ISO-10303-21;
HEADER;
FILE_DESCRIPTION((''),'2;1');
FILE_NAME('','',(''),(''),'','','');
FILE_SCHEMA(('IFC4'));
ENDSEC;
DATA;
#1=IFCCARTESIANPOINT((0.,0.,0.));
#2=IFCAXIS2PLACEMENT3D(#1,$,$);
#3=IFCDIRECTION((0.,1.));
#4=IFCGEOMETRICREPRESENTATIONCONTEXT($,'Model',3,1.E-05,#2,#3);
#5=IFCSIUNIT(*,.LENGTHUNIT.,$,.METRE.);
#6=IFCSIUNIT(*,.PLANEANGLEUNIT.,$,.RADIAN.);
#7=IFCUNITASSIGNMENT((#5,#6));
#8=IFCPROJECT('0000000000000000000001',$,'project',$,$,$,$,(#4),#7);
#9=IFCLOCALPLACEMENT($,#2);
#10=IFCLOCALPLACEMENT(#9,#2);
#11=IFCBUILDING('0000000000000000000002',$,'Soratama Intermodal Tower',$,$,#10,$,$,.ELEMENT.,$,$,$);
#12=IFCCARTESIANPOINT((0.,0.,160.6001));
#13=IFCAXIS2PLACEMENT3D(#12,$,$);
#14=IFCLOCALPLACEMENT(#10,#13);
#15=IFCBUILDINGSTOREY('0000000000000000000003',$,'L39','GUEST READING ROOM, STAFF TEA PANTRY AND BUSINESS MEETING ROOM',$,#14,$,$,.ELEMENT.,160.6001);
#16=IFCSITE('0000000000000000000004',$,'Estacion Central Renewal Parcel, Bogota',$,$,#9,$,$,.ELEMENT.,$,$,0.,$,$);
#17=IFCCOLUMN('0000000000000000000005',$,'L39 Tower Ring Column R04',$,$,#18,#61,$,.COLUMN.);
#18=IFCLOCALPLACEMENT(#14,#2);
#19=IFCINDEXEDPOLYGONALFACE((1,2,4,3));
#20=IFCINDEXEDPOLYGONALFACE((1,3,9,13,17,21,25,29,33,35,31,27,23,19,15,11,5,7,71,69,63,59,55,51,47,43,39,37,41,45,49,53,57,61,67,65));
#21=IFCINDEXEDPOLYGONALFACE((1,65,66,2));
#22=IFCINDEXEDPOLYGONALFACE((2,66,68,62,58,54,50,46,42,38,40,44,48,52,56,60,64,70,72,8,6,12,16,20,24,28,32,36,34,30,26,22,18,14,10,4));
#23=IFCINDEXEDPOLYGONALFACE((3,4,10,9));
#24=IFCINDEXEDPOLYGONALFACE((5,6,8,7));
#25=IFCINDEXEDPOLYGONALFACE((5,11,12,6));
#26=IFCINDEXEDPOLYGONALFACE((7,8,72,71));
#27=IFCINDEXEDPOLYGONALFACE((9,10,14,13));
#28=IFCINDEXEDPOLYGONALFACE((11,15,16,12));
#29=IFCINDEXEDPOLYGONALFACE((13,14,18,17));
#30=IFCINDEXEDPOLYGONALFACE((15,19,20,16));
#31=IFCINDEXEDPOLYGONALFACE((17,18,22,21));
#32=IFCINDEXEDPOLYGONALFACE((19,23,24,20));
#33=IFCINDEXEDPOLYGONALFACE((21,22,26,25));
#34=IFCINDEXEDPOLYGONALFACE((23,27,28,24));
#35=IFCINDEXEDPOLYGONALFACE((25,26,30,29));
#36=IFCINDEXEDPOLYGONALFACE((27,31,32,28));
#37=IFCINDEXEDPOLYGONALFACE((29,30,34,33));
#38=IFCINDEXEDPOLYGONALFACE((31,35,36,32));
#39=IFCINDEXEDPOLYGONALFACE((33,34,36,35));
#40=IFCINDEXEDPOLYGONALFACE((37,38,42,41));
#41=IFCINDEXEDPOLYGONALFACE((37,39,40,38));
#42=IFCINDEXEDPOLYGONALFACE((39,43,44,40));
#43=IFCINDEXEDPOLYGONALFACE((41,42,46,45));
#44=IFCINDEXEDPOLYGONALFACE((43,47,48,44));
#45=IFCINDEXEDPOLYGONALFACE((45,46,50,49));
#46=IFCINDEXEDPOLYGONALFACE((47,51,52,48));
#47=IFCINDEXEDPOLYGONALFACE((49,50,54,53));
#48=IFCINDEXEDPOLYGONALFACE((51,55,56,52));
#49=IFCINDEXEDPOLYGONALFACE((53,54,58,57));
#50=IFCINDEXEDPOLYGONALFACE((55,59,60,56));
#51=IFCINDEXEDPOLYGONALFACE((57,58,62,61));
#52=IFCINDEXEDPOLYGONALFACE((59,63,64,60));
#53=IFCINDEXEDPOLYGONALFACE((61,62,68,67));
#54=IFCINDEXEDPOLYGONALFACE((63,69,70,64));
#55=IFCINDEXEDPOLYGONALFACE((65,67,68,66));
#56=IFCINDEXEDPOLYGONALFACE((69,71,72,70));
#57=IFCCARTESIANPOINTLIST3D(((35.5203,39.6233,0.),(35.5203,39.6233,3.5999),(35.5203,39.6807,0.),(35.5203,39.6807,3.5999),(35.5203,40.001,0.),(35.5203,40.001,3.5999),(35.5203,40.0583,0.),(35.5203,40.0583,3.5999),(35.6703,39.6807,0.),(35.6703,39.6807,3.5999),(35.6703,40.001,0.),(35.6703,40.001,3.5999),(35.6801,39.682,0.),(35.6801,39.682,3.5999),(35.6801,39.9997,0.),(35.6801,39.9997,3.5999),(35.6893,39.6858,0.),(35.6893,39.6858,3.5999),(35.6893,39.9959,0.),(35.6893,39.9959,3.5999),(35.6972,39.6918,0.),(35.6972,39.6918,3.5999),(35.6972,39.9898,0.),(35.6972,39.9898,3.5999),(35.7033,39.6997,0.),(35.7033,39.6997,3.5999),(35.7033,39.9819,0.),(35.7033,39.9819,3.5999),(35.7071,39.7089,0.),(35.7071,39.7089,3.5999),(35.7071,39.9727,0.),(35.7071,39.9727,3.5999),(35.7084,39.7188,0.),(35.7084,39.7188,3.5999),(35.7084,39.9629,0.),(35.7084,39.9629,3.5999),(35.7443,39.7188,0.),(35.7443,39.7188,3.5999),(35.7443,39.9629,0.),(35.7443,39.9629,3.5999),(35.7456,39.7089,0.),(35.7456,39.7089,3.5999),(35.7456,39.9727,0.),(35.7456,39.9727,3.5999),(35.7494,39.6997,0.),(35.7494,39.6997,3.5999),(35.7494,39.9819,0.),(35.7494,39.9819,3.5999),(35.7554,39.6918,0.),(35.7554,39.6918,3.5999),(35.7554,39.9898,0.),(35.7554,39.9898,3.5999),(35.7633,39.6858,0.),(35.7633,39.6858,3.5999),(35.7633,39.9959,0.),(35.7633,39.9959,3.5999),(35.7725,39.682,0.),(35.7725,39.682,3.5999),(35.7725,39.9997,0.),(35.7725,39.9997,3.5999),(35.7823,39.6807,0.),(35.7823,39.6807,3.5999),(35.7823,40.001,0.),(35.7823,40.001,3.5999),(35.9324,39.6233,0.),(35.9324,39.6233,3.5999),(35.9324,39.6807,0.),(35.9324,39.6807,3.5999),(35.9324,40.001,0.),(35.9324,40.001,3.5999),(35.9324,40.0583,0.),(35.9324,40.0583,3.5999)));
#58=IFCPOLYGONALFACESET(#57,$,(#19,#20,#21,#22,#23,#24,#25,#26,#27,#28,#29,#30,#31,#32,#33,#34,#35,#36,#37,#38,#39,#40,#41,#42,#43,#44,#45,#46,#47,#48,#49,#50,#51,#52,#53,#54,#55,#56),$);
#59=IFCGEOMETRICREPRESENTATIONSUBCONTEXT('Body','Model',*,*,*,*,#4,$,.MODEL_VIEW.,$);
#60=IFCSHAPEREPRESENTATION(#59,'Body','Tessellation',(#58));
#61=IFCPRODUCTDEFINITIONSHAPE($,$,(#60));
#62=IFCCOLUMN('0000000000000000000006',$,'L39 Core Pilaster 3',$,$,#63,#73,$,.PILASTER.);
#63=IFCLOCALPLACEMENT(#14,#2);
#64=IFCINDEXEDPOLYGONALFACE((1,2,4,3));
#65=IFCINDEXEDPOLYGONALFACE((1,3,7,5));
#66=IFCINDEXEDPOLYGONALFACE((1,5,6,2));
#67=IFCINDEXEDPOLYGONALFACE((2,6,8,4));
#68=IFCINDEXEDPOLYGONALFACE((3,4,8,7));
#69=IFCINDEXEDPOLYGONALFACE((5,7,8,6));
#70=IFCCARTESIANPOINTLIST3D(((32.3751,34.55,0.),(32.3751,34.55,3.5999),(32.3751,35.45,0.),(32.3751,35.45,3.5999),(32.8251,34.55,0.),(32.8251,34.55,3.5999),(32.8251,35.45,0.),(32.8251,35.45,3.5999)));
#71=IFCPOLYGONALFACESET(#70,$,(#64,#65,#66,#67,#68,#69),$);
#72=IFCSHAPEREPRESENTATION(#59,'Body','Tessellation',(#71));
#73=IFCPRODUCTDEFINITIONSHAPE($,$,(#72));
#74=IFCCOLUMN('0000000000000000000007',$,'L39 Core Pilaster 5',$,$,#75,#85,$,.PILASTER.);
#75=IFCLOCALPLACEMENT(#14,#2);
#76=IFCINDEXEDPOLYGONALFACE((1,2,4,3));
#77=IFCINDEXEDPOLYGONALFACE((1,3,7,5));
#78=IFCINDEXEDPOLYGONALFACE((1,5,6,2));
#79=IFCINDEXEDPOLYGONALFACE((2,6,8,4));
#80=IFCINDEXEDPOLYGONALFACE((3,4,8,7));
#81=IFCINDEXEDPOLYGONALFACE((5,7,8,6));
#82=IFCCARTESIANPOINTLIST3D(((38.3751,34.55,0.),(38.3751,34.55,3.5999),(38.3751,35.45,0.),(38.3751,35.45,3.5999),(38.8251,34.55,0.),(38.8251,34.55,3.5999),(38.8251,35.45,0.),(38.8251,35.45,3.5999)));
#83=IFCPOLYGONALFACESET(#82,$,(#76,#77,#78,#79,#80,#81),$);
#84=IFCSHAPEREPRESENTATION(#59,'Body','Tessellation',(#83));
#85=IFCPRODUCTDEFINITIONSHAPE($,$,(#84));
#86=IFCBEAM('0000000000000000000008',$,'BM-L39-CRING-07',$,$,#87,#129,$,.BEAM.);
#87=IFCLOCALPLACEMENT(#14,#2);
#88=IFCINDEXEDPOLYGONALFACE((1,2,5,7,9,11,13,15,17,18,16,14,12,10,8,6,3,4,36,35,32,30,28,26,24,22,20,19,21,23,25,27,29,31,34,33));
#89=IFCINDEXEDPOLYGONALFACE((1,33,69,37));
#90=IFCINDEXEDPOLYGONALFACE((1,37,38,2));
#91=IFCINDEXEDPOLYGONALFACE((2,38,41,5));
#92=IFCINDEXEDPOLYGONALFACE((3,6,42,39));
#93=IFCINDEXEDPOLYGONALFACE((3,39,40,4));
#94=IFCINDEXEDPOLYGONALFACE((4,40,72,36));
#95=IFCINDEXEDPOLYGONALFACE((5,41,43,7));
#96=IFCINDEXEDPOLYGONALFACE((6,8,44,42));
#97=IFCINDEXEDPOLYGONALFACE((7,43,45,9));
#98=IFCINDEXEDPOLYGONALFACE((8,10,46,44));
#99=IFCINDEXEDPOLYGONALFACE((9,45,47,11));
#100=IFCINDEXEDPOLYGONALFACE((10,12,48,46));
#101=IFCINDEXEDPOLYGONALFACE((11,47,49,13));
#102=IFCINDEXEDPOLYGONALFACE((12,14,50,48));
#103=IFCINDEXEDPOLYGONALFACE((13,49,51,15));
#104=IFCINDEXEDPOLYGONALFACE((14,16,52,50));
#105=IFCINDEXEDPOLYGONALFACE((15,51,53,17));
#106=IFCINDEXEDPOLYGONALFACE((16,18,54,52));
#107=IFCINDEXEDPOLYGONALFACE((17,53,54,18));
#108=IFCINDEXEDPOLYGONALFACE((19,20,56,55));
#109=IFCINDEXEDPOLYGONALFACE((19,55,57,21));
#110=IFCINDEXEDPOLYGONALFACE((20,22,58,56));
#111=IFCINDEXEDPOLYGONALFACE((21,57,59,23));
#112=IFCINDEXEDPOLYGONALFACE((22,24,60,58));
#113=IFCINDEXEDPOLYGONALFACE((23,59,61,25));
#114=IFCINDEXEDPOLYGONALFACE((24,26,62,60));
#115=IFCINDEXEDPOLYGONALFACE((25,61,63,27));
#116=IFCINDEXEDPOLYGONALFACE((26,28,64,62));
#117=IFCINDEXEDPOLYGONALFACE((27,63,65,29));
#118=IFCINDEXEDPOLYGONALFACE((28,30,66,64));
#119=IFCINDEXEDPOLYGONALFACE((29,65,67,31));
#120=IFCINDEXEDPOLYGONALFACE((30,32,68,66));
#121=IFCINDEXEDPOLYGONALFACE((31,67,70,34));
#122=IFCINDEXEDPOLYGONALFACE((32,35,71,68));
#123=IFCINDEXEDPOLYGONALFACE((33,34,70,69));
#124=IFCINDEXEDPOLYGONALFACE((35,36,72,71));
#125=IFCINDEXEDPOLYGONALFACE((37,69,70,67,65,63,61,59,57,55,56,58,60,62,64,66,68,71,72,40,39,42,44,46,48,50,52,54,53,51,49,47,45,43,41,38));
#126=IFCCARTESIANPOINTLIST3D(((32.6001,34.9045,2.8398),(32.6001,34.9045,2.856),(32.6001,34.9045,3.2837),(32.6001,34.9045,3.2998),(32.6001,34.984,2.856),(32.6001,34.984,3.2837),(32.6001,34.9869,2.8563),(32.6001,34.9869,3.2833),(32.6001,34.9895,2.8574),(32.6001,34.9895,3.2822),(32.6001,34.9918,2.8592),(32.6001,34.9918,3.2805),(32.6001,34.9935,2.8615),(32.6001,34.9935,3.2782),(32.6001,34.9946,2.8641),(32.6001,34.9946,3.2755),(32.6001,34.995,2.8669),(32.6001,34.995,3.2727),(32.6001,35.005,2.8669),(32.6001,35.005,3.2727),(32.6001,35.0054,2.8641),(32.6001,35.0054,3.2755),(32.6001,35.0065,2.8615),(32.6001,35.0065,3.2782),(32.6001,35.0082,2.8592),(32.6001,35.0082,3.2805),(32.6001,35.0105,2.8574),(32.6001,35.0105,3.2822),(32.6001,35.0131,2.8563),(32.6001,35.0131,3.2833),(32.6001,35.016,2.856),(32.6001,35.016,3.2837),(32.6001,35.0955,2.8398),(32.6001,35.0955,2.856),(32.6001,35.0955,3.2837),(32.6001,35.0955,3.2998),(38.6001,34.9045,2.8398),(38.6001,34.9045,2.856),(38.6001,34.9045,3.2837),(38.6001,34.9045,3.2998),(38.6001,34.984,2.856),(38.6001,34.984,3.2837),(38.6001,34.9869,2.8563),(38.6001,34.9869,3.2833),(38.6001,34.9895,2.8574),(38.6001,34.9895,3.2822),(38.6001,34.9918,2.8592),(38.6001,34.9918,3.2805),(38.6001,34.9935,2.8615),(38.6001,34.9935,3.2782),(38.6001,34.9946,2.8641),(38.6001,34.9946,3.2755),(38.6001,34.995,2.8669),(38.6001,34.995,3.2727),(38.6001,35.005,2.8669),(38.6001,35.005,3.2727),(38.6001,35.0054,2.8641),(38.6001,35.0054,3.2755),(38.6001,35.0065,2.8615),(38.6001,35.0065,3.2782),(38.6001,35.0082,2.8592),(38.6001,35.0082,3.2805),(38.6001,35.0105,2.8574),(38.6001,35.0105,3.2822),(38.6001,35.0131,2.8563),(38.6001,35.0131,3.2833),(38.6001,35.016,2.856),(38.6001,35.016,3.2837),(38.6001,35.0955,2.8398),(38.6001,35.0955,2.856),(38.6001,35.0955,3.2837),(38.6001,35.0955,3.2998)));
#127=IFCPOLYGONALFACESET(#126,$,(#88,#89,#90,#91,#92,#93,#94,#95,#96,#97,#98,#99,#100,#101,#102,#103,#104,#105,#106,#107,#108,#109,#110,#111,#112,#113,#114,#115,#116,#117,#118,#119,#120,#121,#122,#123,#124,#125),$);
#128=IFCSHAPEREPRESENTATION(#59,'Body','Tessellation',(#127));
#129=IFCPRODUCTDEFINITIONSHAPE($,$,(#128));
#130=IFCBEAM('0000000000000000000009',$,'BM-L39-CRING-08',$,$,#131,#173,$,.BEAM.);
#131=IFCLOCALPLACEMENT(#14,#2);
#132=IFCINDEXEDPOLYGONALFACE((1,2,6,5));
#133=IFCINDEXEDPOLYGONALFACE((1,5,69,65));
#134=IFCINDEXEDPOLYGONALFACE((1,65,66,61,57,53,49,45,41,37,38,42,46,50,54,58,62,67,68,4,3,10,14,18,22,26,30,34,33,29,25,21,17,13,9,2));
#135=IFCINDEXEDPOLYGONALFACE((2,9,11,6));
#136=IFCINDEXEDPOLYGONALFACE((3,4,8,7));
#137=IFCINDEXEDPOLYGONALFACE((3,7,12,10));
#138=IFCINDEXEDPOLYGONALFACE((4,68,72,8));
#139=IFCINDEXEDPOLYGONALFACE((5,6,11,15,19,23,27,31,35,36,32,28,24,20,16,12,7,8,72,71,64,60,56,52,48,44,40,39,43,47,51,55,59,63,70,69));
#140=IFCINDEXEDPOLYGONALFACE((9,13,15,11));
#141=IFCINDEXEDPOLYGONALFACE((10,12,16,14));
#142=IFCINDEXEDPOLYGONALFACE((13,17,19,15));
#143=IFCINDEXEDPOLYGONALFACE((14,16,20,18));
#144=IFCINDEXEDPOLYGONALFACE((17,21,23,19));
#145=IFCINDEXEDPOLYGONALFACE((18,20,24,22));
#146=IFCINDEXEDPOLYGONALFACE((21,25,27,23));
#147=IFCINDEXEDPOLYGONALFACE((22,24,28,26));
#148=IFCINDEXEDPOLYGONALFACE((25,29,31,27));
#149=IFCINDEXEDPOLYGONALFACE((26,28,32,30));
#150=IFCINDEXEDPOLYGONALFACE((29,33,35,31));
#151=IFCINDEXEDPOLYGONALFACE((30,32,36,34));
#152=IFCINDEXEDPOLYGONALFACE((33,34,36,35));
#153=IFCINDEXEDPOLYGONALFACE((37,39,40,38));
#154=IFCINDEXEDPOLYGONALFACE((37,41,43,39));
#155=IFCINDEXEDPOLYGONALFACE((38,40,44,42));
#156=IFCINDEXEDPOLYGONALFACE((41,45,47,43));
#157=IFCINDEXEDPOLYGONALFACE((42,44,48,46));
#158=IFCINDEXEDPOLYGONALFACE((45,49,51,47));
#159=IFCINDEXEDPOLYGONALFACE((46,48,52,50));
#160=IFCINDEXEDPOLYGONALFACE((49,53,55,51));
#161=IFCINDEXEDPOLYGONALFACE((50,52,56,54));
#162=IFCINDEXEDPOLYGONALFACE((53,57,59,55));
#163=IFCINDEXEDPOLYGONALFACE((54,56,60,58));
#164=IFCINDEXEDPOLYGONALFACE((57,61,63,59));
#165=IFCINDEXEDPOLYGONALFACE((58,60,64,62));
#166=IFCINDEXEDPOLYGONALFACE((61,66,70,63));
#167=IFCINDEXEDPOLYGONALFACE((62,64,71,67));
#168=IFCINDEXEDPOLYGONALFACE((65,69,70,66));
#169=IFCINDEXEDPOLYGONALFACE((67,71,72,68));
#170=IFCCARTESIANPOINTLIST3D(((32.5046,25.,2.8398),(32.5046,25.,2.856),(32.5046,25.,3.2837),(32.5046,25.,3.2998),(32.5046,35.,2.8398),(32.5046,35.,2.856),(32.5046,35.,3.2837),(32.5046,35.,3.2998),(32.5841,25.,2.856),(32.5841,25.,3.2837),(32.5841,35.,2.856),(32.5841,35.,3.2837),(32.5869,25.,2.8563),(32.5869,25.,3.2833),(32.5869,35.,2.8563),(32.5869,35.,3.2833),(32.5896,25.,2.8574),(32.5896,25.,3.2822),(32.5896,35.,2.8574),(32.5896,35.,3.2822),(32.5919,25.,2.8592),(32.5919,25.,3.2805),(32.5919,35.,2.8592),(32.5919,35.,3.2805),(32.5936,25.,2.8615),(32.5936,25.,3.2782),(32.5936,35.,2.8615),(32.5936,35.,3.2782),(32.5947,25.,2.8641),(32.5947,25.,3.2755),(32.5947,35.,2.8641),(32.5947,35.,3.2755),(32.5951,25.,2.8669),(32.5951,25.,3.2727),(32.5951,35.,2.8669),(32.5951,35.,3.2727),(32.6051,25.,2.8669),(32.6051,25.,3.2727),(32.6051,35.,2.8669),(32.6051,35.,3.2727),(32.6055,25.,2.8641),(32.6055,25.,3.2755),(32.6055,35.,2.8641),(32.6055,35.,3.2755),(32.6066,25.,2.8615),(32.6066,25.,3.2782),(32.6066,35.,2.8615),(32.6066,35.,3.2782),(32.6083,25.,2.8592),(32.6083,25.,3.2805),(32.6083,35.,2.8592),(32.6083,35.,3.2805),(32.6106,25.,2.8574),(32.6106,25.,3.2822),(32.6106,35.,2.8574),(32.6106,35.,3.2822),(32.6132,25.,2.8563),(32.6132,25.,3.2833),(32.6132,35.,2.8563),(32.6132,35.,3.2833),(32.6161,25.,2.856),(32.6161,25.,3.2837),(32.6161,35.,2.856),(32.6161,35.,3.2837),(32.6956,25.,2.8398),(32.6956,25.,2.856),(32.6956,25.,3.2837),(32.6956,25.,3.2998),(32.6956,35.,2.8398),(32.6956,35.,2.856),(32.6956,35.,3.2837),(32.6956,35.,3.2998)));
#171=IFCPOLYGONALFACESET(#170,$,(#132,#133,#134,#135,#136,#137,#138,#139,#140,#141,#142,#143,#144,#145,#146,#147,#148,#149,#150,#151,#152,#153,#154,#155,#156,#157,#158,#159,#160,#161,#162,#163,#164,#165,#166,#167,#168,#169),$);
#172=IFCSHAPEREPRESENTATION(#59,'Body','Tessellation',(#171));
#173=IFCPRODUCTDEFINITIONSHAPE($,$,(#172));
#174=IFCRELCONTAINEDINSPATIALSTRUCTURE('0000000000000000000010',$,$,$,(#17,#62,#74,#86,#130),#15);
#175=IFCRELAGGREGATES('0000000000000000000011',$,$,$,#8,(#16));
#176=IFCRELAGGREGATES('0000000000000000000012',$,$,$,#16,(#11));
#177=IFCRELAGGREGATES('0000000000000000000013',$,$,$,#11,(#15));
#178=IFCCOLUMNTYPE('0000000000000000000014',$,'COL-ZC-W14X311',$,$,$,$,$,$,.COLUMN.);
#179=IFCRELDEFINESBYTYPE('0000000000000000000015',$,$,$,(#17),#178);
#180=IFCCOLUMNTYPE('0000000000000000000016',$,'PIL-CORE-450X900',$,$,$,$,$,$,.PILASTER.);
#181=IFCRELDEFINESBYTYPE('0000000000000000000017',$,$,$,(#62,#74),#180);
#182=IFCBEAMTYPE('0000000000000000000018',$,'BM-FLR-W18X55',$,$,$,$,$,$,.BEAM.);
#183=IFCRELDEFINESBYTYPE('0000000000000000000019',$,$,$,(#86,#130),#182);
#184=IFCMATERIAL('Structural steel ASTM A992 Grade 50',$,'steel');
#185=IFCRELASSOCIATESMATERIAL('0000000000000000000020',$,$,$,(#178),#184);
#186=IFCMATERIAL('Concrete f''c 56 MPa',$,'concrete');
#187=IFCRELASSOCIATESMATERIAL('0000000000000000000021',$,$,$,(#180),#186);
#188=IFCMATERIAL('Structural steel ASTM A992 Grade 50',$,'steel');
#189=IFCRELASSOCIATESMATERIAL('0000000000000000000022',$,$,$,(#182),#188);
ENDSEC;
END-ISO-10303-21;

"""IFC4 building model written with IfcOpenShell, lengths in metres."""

from ifc_helpers import new_model, si_unit, direction, frame, origin, origin_2d, place, context, subcontext, project, spatial, rectangle, i_section, extrude, material, material_profile, profile_set, type_object, element, save


model = new_model("IFC4")

# Units and contexts
model_context = context("Model", 3, precision=1e-05, world=origin(), true_north=direction((0.0, 1.0)))
body_context = subcontext(model_context, "Body", "Model", "MODEL_VIEW")
ifc_project = project(units=[si_unit("LENGTHUNIT", "METRE"), si_unit("PLANEANGLEUNIT", "RADIAN")], contexts=[model_context])

# Site, building, storey
site_placement = place(None, origin())
site = spatial("IfcSite", under=ifc_project, at=site_placement, Name="Estacion Central Renewal Parcel, Bogota", CompositionType="ELEMENT", RefElevation=0.0)
building_placement = place(site_placement, origin())
building = spatial("IfcBuilding", under=site, at=building_placement, Name="Soratama Intermodal Tower", CompositionType="ELEMENT")
storey_placement = place(building_placement, frame((0.0, 0.0, 160.6001)))
storey = spatial("IfcBuildingStorey", under=building, at=storey_placement, Name="L39", Description="GUEST READING ROOM, STAFF TEA PANTRY AND BUSINESS MEETING ROOM", CompositionType="ELEMENT", Elevation=160.6001)

# Columns
ifc_material_1 = material(Name="Structural steel ASTM A992 Grade 50", Category="steel")
ifc_material_profile_1 = material_profile(ifc_material_1, i_section(OverallWidth=0.4121, OverallDepth=0.4351, WebThickness=0.0359, FlangeThickness=0.0574, FilletRadius=0.0381, at=origin_2d()), Name="W14X311")
ifc_profile_set_1 = profile_set([ifc_material_profile_1], Name="Structural steel ASTM A992 Grade 50")
column_type_1 = type_object("IfcColumnType", Name="COL-ZC-W14X311", PredefinedType="COLUMN", material=ifc_profile_set_1)
column_placement = place(storey_placement, frame((35.7263, 39.8408, 0.0), z_axis=(0.0, 0.0, 1.0), x_axis=(1.0, 0.0, 0.0)))
element("IfcColumn", 1, at=column_placement, inside=storey, type_object=column_type_1, Name="L39 Tower Ring Column R04", PredefinedType="COLUMN", context=body_context, shape_type="SweptSolid", body=[
    extrude(i_section(OverallWidth=0.4121, OverallDepth=0.4351, WebThickness=0.0359, FlangeThickness=0.0574, FilletRadius=0.0381, at=origin_2d()), origin(), (0.0, 0.0, 1.0), 3.5999),
])
ifc_material_2 = material(Name="Concrete f'c 56 MPa", Category="concrete")
ifc_material_profile_2 = material_profile(ifc_material_2, rectangle(XDim=0.45, YDim=0.8999, at=origin_2d()), Name="RC450X900")
ifc_profile_set_2 = profile_set([ifc_material_profile_2], Name="Concrete f'c 56 MPa")
column_type_2 = type_object("IfcColumnType", Name="PIL-CORE-450X900", PredefinedType="PILASTER", material=ifc_profile_set_2)
for number, where, z_axis, x_axis, name in (
    (2, (32.6001, 35.0, 0.0), (0.0, 0.0, 1.0), (1.0, 0.0, 0.0), "L39 Core Pilaster 3"),
    (3, (38.6001, 35.0, 0.0), (0.0, 0.0, 1.0), (1.0, 0.0, 0.0), "L39 Core Pilaster 5"),
):
    element("IfcColumn", number, at=place(storey_placement, frame(where, z_axis=z_axis, x_axis=x_axis)), inside=storey, type_object=column_type_2, Name=name, PredefinedType="PILASTER", context=body_context, shape_type="SweptSolid", body=[
        extrude(rectangle(XDim=0.45, YDim=0.8999, at=origin_2d()), origin(), (0.0, 0.0, 1.0), 3.5999),
    ])

# Beams
ifc_material_3 = material(Name="Structural steel ASTM A992 Grade 50", Category="steel")
ifc_material_profile_3 = material_profile(ifc_material_3, i_section(OverallWidth=0.1909, OverallDepth=0.46, WebThickness=0.01, FlangeThickness=0.0161, FilletRadius=0.011, at=origin_2d()), Name="W18X55")
ifc_profile_set_3 = profile_set([ifc_material_profile_3], Name="Structural steel ASTM A992 Grade 50")
beam_type_1 = type_object("IfcBeamType", Name="BM-FLR-W18X55", PredefinedType="BEAM", material=ifc_profile_set_3)
beam_1_placement = place(storey_placement, frame((38.6001, 35.0, 3.0698), z_axis=(-1.0, 0.0, 0.0), x_axis=(0.0, -1.0, 0.0)))
element("IfcBeam", 4, at=beam_1_placement, inside=storey, type_object=beam_type_1, Name="BM-L39-CRING-07", PredefinedType="BEAM", context=body_context, shape_type="SweptSolid", body=[
    extrude(i_section(OverallWidth=0.1909, OverallDepth=0.46, WebThickness=0.01, FlangeThickness=0.0161, FilletRadius=0.011, at=origin_2d()), origin(), (0.0, 0.0, 1.0), 6.0),
])
beam_2_placement = place(storey_placement, frame((32.6001, 35.0, 3.0698), z_axis=(0.0, -1.0, 0.0), x_axis=(1.0, 0.0, 0.0)))
element("IfcBeam", 5, at=beam_2_placement, inside=storey, type_object=beam_type_1, Name="BM-L39-CRING-08", PredefinedType="BEAM", context=body_context, shape_type="SweptSolid", body=[
    extrude(i_section(OverallWidth=0.1909, OverallDepth=0.46, WebThickness=0.01, FlangeThickness=0.0161, FilletRadius=0.011, at=origin_2d()), origin(), (0.0, 0.0, 1.0), 10.0),
])

save(model, "model.ifc")
